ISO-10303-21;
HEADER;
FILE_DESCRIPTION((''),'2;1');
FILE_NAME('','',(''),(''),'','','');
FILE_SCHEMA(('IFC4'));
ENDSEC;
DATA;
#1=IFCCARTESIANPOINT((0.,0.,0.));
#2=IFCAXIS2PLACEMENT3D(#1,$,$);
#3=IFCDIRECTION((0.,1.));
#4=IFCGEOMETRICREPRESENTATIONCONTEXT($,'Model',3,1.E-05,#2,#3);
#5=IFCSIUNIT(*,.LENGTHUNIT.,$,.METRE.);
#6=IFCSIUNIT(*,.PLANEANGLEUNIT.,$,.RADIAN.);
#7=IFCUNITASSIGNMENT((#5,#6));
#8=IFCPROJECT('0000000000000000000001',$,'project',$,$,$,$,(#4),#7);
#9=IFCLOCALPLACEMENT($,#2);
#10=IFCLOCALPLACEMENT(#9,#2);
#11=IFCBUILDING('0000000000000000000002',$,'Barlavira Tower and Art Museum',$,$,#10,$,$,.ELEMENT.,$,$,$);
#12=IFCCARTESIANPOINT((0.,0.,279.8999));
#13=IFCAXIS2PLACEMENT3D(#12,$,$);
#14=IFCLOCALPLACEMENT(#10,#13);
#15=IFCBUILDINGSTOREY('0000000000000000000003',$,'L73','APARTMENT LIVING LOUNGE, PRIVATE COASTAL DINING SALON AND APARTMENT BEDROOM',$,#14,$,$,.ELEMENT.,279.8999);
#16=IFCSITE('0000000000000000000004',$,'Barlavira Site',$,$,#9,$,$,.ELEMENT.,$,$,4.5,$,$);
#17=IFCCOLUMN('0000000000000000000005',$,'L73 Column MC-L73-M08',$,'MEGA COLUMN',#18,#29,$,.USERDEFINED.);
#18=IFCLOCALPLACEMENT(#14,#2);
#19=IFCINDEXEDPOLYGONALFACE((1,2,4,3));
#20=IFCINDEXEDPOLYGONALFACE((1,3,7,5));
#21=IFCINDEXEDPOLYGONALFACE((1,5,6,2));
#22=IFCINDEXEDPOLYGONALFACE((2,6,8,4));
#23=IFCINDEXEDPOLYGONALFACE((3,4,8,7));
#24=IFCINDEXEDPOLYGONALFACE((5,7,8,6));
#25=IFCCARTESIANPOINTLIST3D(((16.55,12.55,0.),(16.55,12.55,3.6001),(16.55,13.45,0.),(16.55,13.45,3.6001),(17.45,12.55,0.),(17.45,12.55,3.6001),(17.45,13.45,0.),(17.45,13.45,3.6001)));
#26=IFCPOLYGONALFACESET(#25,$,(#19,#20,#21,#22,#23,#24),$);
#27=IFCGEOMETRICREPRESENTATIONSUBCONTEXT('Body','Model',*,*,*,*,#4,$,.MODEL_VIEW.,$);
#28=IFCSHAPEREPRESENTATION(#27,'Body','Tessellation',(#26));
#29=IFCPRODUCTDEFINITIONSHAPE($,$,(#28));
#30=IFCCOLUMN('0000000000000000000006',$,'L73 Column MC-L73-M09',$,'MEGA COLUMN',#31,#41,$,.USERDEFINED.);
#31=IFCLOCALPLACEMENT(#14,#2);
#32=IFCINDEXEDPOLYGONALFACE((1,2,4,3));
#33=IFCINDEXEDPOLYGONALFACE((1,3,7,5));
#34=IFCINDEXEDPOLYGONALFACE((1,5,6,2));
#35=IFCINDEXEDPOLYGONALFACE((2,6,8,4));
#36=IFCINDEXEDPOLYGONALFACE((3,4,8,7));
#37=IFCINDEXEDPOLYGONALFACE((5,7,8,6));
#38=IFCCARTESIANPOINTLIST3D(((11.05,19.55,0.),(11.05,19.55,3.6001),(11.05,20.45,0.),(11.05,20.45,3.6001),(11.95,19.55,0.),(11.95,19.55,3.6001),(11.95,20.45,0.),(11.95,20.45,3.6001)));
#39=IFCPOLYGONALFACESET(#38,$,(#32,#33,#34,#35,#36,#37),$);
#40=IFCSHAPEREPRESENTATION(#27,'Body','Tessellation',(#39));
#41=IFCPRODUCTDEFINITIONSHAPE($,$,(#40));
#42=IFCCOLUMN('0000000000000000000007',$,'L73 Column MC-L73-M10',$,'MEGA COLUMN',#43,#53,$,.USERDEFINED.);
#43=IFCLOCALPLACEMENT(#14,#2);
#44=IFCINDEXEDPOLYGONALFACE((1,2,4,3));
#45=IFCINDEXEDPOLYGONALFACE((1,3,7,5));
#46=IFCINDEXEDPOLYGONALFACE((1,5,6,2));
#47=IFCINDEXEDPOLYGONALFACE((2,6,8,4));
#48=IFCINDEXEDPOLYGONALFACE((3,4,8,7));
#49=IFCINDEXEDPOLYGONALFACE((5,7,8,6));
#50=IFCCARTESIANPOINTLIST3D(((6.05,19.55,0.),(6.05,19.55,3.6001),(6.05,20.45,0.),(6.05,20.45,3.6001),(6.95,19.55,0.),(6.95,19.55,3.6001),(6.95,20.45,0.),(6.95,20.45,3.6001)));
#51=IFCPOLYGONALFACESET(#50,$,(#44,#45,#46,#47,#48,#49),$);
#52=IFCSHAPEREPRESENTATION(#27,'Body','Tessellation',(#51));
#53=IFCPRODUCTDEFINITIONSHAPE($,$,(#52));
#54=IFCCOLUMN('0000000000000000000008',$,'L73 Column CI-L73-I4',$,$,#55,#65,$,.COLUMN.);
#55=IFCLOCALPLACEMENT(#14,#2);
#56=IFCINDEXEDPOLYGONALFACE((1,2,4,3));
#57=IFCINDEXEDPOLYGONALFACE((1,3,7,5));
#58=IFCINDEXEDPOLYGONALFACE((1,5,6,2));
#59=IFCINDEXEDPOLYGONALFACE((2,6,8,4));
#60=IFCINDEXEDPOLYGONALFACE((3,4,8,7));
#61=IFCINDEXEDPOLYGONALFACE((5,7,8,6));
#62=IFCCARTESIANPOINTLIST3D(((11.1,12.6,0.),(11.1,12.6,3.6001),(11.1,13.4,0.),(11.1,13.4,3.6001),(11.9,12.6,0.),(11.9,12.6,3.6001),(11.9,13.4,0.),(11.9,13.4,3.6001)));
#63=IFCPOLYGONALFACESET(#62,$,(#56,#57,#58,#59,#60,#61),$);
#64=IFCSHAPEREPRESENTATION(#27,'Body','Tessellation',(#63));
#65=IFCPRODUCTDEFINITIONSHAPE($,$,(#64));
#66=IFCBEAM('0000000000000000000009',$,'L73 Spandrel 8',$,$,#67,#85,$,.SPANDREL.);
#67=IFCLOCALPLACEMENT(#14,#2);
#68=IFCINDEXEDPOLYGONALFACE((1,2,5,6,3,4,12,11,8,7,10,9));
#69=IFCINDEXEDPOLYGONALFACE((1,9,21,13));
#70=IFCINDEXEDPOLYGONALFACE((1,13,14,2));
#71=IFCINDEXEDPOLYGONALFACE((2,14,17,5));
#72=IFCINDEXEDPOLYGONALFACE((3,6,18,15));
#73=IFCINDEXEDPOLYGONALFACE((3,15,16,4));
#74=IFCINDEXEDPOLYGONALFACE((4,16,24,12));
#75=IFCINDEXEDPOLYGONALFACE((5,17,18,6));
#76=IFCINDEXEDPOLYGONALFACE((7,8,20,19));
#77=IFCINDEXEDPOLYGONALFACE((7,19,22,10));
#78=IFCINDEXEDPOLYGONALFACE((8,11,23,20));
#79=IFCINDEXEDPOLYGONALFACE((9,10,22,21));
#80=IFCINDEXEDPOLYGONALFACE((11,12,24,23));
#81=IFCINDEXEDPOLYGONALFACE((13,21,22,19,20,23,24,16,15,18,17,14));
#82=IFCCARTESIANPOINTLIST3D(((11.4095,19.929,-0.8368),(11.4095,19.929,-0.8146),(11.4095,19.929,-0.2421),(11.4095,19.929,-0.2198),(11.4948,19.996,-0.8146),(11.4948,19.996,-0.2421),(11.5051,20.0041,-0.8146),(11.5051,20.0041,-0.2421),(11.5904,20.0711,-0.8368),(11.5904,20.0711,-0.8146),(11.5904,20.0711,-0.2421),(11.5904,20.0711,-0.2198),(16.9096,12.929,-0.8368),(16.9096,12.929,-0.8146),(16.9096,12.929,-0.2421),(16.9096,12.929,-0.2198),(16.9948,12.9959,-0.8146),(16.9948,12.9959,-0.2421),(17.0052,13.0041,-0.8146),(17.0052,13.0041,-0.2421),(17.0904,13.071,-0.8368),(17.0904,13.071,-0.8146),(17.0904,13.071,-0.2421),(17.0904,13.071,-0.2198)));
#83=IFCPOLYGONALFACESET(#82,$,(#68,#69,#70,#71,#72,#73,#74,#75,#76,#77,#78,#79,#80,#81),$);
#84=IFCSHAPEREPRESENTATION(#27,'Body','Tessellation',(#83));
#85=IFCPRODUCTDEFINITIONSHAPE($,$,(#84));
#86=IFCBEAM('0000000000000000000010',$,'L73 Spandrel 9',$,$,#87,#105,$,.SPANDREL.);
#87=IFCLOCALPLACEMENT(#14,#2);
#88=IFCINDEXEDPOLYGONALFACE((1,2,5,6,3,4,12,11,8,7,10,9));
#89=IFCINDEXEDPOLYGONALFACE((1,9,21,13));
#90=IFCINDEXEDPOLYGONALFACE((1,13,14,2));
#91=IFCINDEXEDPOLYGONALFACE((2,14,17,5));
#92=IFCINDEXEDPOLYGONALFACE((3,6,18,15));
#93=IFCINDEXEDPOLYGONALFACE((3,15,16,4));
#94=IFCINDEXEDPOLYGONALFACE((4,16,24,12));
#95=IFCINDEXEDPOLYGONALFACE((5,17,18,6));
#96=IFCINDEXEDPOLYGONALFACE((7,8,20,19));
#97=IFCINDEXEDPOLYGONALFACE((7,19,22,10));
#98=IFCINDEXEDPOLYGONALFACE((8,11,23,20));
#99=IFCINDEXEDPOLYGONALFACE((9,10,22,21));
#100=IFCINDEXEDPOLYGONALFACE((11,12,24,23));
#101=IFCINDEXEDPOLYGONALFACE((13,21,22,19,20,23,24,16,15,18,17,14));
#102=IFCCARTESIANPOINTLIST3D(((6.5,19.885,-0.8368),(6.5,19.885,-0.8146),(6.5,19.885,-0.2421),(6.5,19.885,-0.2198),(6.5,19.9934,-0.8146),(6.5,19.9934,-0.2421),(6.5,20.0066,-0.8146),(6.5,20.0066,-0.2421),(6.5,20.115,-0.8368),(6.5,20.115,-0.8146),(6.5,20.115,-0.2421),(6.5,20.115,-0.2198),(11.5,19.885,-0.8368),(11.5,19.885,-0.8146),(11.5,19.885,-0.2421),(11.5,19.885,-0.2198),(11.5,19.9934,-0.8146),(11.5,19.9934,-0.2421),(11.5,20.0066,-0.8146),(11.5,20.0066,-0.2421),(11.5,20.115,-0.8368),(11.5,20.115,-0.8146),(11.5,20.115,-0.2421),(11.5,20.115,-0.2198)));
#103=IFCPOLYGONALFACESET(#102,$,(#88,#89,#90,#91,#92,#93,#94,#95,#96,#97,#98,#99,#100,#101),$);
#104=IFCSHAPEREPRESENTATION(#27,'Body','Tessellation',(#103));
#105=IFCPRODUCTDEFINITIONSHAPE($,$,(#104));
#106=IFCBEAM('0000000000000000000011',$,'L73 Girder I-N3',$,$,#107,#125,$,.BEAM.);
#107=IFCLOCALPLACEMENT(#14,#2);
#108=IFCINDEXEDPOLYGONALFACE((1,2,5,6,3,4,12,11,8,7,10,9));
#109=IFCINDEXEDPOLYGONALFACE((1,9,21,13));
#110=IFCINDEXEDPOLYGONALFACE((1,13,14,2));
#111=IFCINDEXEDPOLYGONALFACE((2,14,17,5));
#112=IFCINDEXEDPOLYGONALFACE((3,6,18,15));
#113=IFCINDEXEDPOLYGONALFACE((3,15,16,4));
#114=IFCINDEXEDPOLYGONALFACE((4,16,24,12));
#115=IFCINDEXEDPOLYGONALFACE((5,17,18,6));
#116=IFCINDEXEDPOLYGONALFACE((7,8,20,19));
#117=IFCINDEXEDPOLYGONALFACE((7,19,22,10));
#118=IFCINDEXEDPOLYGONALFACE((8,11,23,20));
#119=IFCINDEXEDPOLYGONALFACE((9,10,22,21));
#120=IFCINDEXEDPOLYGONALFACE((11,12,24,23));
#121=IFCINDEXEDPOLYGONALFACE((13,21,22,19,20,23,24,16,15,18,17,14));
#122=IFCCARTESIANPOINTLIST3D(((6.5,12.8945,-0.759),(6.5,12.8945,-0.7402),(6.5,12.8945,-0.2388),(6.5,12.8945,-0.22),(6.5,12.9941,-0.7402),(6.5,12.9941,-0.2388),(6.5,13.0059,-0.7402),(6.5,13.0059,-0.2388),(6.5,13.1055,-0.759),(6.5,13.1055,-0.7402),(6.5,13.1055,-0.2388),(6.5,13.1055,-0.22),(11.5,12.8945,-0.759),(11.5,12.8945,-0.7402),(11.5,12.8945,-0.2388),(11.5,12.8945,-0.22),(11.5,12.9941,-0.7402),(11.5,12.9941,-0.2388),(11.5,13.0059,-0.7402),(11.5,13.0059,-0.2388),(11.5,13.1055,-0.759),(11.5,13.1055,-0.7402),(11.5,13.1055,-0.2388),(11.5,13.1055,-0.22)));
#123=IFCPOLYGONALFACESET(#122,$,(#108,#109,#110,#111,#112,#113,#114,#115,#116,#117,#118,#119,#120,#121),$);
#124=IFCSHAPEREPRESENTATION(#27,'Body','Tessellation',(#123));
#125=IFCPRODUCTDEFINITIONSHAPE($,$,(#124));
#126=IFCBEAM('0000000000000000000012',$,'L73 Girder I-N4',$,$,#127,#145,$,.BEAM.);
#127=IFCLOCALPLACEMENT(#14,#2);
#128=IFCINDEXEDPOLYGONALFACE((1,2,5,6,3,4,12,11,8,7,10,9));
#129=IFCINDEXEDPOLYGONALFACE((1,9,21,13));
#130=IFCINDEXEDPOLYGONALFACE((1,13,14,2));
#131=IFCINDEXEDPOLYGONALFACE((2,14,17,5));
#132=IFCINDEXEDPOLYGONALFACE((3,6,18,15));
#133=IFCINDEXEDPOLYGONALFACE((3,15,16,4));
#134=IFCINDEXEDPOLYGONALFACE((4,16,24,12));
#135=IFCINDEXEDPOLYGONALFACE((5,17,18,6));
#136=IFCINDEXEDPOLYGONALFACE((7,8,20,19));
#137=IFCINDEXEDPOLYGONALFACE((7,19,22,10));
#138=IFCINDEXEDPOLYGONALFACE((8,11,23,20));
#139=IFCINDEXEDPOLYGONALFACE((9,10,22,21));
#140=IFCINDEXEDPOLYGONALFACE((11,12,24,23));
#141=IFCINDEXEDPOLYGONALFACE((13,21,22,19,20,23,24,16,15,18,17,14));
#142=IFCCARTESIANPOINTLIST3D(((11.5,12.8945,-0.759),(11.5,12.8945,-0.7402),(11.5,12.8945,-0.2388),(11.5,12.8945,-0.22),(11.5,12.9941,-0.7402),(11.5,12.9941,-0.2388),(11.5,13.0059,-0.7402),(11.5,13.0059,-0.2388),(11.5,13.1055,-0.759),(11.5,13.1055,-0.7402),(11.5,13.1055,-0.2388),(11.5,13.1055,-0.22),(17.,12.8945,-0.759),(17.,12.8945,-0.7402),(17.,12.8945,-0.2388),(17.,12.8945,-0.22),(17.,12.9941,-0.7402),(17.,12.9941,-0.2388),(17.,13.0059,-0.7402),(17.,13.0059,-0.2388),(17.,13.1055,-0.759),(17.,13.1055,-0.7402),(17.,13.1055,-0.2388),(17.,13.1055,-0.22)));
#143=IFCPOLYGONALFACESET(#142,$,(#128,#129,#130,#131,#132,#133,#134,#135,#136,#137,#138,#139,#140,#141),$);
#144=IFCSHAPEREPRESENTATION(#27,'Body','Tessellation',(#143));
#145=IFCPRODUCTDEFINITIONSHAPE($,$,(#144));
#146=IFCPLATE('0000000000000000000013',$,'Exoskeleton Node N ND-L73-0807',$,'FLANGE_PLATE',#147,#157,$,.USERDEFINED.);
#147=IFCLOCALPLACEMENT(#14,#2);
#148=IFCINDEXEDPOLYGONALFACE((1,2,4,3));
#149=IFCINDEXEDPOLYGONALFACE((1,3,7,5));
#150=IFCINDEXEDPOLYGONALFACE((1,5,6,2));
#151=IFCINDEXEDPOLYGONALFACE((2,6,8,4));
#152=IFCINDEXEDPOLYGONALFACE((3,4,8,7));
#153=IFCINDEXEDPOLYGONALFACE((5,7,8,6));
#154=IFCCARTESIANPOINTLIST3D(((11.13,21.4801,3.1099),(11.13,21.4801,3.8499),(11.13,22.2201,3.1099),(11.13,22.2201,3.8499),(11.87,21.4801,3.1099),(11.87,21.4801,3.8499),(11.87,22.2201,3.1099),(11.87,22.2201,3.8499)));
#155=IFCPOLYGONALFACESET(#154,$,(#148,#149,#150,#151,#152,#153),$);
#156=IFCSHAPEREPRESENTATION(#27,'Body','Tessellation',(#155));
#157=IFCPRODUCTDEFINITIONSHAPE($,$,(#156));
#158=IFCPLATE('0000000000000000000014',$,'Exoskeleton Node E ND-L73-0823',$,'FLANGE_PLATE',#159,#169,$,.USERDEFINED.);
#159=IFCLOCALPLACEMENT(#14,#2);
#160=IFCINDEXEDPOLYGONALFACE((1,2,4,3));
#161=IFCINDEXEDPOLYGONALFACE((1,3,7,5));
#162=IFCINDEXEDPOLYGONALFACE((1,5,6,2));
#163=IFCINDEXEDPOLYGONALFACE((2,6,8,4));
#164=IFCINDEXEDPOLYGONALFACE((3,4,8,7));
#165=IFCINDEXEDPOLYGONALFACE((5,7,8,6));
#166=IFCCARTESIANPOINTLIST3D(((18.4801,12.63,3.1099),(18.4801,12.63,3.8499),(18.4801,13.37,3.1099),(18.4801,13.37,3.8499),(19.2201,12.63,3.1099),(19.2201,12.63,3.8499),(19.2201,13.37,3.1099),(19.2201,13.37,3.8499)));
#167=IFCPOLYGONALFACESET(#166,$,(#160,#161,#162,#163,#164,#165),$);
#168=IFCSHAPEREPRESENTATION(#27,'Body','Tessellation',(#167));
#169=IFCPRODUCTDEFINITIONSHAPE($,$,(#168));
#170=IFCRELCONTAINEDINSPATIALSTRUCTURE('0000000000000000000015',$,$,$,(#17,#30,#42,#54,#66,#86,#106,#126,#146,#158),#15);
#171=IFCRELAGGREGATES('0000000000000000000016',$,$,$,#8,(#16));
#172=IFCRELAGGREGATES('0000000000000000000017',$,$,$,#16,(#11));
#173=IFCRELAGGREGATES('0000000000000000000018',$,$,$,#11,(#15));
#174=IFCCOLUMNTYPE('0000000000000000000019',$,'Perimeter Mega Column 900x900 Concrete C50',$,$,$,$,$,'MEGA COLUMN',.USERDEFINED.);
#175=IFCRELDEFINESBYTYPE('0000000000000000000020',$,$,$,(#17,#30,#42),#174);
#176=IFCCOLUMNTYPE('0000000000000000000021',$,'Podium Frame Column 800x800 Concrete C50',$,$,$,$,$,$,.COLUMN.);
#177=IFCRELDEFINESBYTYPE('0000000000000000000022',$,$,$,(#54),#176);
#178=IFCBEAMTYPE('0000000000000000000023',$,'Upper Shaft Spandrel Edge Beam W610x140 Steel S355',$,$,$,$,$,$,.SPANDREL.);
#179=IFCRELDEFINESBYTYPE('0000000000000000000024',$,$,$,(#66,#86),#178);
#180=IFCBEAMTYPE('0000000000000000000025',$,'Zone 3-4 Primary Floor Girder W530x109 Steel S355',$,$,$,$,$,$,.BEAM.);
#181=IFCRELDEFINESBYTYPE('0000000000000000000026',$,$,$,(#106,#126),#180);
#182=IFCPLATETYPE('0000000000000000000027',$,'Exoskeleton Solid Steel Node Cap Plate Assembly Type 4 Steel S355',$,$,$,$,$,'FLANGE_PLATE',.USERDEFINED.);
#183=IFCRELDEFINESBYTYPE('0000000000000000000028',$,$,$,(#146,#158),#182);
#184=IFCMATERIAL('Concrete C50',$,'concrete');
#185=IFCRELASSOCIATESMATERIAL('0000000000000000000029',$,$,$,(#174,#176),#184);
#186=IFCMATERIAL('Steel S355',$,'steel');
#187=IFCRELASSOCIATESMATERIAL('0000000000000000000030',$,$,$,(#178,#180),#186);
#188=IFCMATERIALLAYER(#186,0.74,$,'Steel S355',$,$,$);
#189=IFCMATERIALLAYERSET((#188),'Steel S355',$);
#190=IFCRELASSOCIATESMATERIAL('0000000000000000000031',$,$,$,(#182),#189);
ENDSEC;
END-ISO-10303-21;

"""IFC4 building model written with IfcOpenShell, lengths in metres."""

from ifc_helpers import new_model, si_unit, direction, frame, origin, origin_2d, place, context, subcontext, project, spatial, rectangle, i_section, extrude, material, layer, layer_set, material_profile, profile_set, type_object, element, save


model = new_model("IFC4")

# Units and contexts
model_context = context("Model", 3, precision=1e-05, world=origin(), true_north=direction((0.0, 1.0)))
body_context = subcontext(model_context, "Body", "Model", "MODEL_VIEW")
ifc_project = project(units=[si_unit("LENGTHUNIT", "METRE"), si_unit("PLANEANGLEUNIT", "RADIAN")], contexts=[model_context])

# Site, building, storey
site_placement = place(None, origin())
site = spatial("IfcSite", under=ifc_project, at=site_placement, Name="Barlavira Site", CompositionType="ELEMENT", RefElevation=4.5)
building_placement = place(site_placement, origin())
building = spatial("IfcBuilding", under=site, at=building_placement, Name="Barlavira Tower and Art Museum", CompositionType="ELEMENT")
storey_placement = place(building_placement, frame((0.0, 0.0, 279.8999)))
storey = spatial("IfcBuildingStorey", under=building, at=storey_placement, Name="L73", Description="APARTMENT LIVING LOUNGE, PRIVATE COASTAL DINING SALON AND APARTMENT BEDROOM", CompositionType="ELEMENT", Elevation=279.8999)

# Columns
ifc_material_1 = material(Name="Concrete C50", Category="concrete")
ifc_material_profile_1 = material_profile(ifc_material_1, rectangle(XDim=0.8999, YDim=0.8999, at=origin_2d()), Name="RC-COL 900x900")
ifc_profile_set_1 = profile_set([ifc_material_profile_1], Name="Concrete C50")
column_type_1 = type_object("IfcColumnType", Name="Perimeter Mega Column 900x900 Concrete C50", ElementType="MEGA COLUMN", PredefinedType="USERDEFINED", material=ifc_profile_set_1)
for number, where, z_axis, x_axis, name in (
    (1, (17.0, 13.0, 0.0), (0.0, 0.0, 1.0), (1.0, 0.0, 0.0), "L73 Column MC-L73-M08"),
    (2, (11.5, 20.0, 0.0), (0.0, 0.0, 1.0), (1.0, 0.0, 0.0), "L73 Column MC-L73-M09"),
    (3, (6.5, 20.0, 0.0), (0.0, 0.0, 1.0), (1.0, 0.0, 0.0), "L73 Column MC-L73-M10"),
):
    element("IfcColumn", number, at=place(storey_placement, frame(where, z_axis=z_axis, x_axis=x_axis)), inside=storey, type_object=column_type_1, Name=name, ObjectType="MEGA COLUMN", PredefinedType="USERDEFINED", context=body_context, shape_type="SweptSolid", body=[
        extrude(rectangle(XDim=0.8999, YDim=0.8999, at=origin_2d()), origin(), (0.0, 0.0, 1.0), 3.6001),
    ])
ifc_material_profile_2 = material_profile(ifc_material_1, rectangle(XDim=0.8, YDim=0.8, at=origin_2d()), Name="RC-COL 800x800")
ifc_profile_set_2 = profile_set([ifc_material_profile_2], Name="Concrete C50")
column_type_2 = type_object("IfcColumnType", Name="Podium Frame Column 800x800 Concrete C50", PredefinedType="COLUMN", material=ifc_profile_set_2)
column_placement = place(storey_placement, frame((11.5, 13.0, 0.0), z_axis=(0.0, 0.0, 1.0), x_axis=(1.0, 0.0, 0.0)))
element("IfcColumn", 4, at=column_placement, inside=storey, type_object=column_type_2, Name="L73 Column CI-L73-I4", PredefinedType="COLUMN", context=body_context, shape_type="SweptSolid", body=[
    extrude(rectangle(XDim=0.8, YDim=0.8, at=origin_2d()), origin(), (0.0, 0.0, 1.0), 3.6001),
])

# Beams
ifc_material_2 = material(Name="Steel S355", Category="steel")
ifc_material_profile_3 = material_profile(ifc_material_2, i_section(OverallWidth=0.23, OverallDepth=0.6169, WebThickness=0.0132, FlangeThickness=0.0222, at=origin_2d()), Name="W610x140.0")
ifc_profile_set_3 = profile_set([ifc_material_profile_3], Name="Steel S355")
beam_type_1 = type_object("IfcBeamType", Name="Upper Shaft Spandrel Edge Beam W610x140 Steel S355", PredefinedType="SPANDREL", material=ifc_profile_set_3)
beam_1_placement = place(storey_placement, frame((17.0, 13.0, -0.5283), z_axis=(-0.617822, 0.786318, 0.0), x_axis=(-0.786318, -0.617822, 0.0)))
element("IfcBeam", 5, at=beam_1_placement, inside=storey, type_object=beam_type_1, Name="L73 Spandrel 8", PredefinedType="SPANDREL", context=body_context, shape_type="SweptSolid", body=[
    extrude(i_section(OverallWidth=0.23, OverallDepth=0.6169, WebThickness=0.0132, FlangeThickness=0.0222, at=origin_2d()), origin(), (0.0, 0.0, 1.0), 8.9023),
])
beam_2_placement = place(storey_placement, frame((6.5, 20.0, -0.5283), z_axis=(1.0, 0.0, 0.0), x_axis=(0.0, 1.0, 0.0)))
element("IfcBeam", 6, at=beam_2_placement, inside=storey, type_object=beam_type_1, Name="L73 Spandrel 9", PredefinedType="SPANDREL", context=body_context, shape_type="SweptSolid", body=[
    extrude(i_section(OverallWidth=0.23, OverallDepth=0.6169, WebThickness=0.0132, FlangeThickness=0.0222, at=origin_2d()), origin(), (0.0, 0.0, 1.0), 5.0),
])
ifc_material_profile_4 = material_profile(ifc_material_2, i_section(OverallWidth=0.2109, OverallDepth=0.5391, WebThickness=0.0117, FlangeThickness=0.0188, at=origin_2d()), Name="W530x109.0")
ifc_profile_set_4 = profile_set([ifc_material_profile_4], Name="Steel S355")
beam_type_2 = type_object("IfcBeamType", Name="Zone 3-4 Primary Floor Girder W530x109 Steel S355", PredefinedType="BEAM", material=ifc_profile_set_4)
beam_3_placement = place(storey_placement, frame((6.5, 13.0, -0.4895), z_axis=(1.0, 0.0, 0.0), x_axis=(0.0, 1.0, 0.0)))
element("IfcBeam", 7, at=beam_3_placement, inside=storey, type_object=beam_type_2, Name="L73 Girder I-N3", PredefinedType="BEAM", context=body_context, shape_type="SweptSolid", body=[
    extrude(i_section(OverallWidth=0.2109, OverallDepth=0.5391, WebThickness=0.0117, FlangeThickness=0.0188, at=origin_2d()), origin(), (0.0, 0.0, 1.0), 5.0),
])
beam_4_placement = place(storey_placement, frame((11.5, 13.0, -0.4895), z_axis=(1.0, 0.0, 0.0), x_axis=(0.0, 1.0, 0.0)))
element("IfcBeam", 8, at=beam_4_placement, inside=storey, type_object=beam_type_2, Name="L73 Girder I-N4", PredefinedType="BEAM", context=body_context, shape_type="SweptSolid", body=[
    extrude(i_section(OverallWidth=0.2109, OverallDepth=0.5391, WebThickness=0.0117, FlangeThickness=0.0188, at=origin_2d()), origin(), (0.0, 0.0, 1.0), 5.5),
])

# Plates
ifc_layer_1 = layer(ifc_material_2, 0.74, Name="Steel S355")
ifc_layer_set_1 = layer_set([ifc_layer_1], Name="Steel S355")
plate_type = type_object("IfcPlateType", Name="Exoskeleton Solid Steel Node Cap Plate Assembly Type 4 Steel S355", ElementType="FLANGE_PLATE", PredefinedType="USERDEFINED", material=ifc_layer_set_1)
for number, where, z_axis, x_axis, name in (
    (9, (11.5, 21.8501, 3.1099), (0.0, 0.0, 1.0), (1.0, 0.0, 0.0), "Exoskeleton Node N ND-L73-0807"),
    (10, (18.8501, 13.0, 3.1099), (0.0, 0.0, 1.0), (1.0, 0.0, 0.0), "Exoskeleton Node E ND-L73-0823"),
):
    element("IfcPlate", number, at=place(storey_placement, frame(where, z_axis=z_axis, x_axis=x_axis)), inside=storey, type_object=plate_type, Name=name, ObjectType="FLANGE_PLATE", PredefinedType="USERDEFINED", context=body_context, shape_type="SweptSolid", body=[
        extrude(rectangle(XDim=0.74, YDim=0.74, at=origin_2d()), origin(), (0.0, 0.0, 1.0), 0.74),
    ])

save(model, "model.ifc")
